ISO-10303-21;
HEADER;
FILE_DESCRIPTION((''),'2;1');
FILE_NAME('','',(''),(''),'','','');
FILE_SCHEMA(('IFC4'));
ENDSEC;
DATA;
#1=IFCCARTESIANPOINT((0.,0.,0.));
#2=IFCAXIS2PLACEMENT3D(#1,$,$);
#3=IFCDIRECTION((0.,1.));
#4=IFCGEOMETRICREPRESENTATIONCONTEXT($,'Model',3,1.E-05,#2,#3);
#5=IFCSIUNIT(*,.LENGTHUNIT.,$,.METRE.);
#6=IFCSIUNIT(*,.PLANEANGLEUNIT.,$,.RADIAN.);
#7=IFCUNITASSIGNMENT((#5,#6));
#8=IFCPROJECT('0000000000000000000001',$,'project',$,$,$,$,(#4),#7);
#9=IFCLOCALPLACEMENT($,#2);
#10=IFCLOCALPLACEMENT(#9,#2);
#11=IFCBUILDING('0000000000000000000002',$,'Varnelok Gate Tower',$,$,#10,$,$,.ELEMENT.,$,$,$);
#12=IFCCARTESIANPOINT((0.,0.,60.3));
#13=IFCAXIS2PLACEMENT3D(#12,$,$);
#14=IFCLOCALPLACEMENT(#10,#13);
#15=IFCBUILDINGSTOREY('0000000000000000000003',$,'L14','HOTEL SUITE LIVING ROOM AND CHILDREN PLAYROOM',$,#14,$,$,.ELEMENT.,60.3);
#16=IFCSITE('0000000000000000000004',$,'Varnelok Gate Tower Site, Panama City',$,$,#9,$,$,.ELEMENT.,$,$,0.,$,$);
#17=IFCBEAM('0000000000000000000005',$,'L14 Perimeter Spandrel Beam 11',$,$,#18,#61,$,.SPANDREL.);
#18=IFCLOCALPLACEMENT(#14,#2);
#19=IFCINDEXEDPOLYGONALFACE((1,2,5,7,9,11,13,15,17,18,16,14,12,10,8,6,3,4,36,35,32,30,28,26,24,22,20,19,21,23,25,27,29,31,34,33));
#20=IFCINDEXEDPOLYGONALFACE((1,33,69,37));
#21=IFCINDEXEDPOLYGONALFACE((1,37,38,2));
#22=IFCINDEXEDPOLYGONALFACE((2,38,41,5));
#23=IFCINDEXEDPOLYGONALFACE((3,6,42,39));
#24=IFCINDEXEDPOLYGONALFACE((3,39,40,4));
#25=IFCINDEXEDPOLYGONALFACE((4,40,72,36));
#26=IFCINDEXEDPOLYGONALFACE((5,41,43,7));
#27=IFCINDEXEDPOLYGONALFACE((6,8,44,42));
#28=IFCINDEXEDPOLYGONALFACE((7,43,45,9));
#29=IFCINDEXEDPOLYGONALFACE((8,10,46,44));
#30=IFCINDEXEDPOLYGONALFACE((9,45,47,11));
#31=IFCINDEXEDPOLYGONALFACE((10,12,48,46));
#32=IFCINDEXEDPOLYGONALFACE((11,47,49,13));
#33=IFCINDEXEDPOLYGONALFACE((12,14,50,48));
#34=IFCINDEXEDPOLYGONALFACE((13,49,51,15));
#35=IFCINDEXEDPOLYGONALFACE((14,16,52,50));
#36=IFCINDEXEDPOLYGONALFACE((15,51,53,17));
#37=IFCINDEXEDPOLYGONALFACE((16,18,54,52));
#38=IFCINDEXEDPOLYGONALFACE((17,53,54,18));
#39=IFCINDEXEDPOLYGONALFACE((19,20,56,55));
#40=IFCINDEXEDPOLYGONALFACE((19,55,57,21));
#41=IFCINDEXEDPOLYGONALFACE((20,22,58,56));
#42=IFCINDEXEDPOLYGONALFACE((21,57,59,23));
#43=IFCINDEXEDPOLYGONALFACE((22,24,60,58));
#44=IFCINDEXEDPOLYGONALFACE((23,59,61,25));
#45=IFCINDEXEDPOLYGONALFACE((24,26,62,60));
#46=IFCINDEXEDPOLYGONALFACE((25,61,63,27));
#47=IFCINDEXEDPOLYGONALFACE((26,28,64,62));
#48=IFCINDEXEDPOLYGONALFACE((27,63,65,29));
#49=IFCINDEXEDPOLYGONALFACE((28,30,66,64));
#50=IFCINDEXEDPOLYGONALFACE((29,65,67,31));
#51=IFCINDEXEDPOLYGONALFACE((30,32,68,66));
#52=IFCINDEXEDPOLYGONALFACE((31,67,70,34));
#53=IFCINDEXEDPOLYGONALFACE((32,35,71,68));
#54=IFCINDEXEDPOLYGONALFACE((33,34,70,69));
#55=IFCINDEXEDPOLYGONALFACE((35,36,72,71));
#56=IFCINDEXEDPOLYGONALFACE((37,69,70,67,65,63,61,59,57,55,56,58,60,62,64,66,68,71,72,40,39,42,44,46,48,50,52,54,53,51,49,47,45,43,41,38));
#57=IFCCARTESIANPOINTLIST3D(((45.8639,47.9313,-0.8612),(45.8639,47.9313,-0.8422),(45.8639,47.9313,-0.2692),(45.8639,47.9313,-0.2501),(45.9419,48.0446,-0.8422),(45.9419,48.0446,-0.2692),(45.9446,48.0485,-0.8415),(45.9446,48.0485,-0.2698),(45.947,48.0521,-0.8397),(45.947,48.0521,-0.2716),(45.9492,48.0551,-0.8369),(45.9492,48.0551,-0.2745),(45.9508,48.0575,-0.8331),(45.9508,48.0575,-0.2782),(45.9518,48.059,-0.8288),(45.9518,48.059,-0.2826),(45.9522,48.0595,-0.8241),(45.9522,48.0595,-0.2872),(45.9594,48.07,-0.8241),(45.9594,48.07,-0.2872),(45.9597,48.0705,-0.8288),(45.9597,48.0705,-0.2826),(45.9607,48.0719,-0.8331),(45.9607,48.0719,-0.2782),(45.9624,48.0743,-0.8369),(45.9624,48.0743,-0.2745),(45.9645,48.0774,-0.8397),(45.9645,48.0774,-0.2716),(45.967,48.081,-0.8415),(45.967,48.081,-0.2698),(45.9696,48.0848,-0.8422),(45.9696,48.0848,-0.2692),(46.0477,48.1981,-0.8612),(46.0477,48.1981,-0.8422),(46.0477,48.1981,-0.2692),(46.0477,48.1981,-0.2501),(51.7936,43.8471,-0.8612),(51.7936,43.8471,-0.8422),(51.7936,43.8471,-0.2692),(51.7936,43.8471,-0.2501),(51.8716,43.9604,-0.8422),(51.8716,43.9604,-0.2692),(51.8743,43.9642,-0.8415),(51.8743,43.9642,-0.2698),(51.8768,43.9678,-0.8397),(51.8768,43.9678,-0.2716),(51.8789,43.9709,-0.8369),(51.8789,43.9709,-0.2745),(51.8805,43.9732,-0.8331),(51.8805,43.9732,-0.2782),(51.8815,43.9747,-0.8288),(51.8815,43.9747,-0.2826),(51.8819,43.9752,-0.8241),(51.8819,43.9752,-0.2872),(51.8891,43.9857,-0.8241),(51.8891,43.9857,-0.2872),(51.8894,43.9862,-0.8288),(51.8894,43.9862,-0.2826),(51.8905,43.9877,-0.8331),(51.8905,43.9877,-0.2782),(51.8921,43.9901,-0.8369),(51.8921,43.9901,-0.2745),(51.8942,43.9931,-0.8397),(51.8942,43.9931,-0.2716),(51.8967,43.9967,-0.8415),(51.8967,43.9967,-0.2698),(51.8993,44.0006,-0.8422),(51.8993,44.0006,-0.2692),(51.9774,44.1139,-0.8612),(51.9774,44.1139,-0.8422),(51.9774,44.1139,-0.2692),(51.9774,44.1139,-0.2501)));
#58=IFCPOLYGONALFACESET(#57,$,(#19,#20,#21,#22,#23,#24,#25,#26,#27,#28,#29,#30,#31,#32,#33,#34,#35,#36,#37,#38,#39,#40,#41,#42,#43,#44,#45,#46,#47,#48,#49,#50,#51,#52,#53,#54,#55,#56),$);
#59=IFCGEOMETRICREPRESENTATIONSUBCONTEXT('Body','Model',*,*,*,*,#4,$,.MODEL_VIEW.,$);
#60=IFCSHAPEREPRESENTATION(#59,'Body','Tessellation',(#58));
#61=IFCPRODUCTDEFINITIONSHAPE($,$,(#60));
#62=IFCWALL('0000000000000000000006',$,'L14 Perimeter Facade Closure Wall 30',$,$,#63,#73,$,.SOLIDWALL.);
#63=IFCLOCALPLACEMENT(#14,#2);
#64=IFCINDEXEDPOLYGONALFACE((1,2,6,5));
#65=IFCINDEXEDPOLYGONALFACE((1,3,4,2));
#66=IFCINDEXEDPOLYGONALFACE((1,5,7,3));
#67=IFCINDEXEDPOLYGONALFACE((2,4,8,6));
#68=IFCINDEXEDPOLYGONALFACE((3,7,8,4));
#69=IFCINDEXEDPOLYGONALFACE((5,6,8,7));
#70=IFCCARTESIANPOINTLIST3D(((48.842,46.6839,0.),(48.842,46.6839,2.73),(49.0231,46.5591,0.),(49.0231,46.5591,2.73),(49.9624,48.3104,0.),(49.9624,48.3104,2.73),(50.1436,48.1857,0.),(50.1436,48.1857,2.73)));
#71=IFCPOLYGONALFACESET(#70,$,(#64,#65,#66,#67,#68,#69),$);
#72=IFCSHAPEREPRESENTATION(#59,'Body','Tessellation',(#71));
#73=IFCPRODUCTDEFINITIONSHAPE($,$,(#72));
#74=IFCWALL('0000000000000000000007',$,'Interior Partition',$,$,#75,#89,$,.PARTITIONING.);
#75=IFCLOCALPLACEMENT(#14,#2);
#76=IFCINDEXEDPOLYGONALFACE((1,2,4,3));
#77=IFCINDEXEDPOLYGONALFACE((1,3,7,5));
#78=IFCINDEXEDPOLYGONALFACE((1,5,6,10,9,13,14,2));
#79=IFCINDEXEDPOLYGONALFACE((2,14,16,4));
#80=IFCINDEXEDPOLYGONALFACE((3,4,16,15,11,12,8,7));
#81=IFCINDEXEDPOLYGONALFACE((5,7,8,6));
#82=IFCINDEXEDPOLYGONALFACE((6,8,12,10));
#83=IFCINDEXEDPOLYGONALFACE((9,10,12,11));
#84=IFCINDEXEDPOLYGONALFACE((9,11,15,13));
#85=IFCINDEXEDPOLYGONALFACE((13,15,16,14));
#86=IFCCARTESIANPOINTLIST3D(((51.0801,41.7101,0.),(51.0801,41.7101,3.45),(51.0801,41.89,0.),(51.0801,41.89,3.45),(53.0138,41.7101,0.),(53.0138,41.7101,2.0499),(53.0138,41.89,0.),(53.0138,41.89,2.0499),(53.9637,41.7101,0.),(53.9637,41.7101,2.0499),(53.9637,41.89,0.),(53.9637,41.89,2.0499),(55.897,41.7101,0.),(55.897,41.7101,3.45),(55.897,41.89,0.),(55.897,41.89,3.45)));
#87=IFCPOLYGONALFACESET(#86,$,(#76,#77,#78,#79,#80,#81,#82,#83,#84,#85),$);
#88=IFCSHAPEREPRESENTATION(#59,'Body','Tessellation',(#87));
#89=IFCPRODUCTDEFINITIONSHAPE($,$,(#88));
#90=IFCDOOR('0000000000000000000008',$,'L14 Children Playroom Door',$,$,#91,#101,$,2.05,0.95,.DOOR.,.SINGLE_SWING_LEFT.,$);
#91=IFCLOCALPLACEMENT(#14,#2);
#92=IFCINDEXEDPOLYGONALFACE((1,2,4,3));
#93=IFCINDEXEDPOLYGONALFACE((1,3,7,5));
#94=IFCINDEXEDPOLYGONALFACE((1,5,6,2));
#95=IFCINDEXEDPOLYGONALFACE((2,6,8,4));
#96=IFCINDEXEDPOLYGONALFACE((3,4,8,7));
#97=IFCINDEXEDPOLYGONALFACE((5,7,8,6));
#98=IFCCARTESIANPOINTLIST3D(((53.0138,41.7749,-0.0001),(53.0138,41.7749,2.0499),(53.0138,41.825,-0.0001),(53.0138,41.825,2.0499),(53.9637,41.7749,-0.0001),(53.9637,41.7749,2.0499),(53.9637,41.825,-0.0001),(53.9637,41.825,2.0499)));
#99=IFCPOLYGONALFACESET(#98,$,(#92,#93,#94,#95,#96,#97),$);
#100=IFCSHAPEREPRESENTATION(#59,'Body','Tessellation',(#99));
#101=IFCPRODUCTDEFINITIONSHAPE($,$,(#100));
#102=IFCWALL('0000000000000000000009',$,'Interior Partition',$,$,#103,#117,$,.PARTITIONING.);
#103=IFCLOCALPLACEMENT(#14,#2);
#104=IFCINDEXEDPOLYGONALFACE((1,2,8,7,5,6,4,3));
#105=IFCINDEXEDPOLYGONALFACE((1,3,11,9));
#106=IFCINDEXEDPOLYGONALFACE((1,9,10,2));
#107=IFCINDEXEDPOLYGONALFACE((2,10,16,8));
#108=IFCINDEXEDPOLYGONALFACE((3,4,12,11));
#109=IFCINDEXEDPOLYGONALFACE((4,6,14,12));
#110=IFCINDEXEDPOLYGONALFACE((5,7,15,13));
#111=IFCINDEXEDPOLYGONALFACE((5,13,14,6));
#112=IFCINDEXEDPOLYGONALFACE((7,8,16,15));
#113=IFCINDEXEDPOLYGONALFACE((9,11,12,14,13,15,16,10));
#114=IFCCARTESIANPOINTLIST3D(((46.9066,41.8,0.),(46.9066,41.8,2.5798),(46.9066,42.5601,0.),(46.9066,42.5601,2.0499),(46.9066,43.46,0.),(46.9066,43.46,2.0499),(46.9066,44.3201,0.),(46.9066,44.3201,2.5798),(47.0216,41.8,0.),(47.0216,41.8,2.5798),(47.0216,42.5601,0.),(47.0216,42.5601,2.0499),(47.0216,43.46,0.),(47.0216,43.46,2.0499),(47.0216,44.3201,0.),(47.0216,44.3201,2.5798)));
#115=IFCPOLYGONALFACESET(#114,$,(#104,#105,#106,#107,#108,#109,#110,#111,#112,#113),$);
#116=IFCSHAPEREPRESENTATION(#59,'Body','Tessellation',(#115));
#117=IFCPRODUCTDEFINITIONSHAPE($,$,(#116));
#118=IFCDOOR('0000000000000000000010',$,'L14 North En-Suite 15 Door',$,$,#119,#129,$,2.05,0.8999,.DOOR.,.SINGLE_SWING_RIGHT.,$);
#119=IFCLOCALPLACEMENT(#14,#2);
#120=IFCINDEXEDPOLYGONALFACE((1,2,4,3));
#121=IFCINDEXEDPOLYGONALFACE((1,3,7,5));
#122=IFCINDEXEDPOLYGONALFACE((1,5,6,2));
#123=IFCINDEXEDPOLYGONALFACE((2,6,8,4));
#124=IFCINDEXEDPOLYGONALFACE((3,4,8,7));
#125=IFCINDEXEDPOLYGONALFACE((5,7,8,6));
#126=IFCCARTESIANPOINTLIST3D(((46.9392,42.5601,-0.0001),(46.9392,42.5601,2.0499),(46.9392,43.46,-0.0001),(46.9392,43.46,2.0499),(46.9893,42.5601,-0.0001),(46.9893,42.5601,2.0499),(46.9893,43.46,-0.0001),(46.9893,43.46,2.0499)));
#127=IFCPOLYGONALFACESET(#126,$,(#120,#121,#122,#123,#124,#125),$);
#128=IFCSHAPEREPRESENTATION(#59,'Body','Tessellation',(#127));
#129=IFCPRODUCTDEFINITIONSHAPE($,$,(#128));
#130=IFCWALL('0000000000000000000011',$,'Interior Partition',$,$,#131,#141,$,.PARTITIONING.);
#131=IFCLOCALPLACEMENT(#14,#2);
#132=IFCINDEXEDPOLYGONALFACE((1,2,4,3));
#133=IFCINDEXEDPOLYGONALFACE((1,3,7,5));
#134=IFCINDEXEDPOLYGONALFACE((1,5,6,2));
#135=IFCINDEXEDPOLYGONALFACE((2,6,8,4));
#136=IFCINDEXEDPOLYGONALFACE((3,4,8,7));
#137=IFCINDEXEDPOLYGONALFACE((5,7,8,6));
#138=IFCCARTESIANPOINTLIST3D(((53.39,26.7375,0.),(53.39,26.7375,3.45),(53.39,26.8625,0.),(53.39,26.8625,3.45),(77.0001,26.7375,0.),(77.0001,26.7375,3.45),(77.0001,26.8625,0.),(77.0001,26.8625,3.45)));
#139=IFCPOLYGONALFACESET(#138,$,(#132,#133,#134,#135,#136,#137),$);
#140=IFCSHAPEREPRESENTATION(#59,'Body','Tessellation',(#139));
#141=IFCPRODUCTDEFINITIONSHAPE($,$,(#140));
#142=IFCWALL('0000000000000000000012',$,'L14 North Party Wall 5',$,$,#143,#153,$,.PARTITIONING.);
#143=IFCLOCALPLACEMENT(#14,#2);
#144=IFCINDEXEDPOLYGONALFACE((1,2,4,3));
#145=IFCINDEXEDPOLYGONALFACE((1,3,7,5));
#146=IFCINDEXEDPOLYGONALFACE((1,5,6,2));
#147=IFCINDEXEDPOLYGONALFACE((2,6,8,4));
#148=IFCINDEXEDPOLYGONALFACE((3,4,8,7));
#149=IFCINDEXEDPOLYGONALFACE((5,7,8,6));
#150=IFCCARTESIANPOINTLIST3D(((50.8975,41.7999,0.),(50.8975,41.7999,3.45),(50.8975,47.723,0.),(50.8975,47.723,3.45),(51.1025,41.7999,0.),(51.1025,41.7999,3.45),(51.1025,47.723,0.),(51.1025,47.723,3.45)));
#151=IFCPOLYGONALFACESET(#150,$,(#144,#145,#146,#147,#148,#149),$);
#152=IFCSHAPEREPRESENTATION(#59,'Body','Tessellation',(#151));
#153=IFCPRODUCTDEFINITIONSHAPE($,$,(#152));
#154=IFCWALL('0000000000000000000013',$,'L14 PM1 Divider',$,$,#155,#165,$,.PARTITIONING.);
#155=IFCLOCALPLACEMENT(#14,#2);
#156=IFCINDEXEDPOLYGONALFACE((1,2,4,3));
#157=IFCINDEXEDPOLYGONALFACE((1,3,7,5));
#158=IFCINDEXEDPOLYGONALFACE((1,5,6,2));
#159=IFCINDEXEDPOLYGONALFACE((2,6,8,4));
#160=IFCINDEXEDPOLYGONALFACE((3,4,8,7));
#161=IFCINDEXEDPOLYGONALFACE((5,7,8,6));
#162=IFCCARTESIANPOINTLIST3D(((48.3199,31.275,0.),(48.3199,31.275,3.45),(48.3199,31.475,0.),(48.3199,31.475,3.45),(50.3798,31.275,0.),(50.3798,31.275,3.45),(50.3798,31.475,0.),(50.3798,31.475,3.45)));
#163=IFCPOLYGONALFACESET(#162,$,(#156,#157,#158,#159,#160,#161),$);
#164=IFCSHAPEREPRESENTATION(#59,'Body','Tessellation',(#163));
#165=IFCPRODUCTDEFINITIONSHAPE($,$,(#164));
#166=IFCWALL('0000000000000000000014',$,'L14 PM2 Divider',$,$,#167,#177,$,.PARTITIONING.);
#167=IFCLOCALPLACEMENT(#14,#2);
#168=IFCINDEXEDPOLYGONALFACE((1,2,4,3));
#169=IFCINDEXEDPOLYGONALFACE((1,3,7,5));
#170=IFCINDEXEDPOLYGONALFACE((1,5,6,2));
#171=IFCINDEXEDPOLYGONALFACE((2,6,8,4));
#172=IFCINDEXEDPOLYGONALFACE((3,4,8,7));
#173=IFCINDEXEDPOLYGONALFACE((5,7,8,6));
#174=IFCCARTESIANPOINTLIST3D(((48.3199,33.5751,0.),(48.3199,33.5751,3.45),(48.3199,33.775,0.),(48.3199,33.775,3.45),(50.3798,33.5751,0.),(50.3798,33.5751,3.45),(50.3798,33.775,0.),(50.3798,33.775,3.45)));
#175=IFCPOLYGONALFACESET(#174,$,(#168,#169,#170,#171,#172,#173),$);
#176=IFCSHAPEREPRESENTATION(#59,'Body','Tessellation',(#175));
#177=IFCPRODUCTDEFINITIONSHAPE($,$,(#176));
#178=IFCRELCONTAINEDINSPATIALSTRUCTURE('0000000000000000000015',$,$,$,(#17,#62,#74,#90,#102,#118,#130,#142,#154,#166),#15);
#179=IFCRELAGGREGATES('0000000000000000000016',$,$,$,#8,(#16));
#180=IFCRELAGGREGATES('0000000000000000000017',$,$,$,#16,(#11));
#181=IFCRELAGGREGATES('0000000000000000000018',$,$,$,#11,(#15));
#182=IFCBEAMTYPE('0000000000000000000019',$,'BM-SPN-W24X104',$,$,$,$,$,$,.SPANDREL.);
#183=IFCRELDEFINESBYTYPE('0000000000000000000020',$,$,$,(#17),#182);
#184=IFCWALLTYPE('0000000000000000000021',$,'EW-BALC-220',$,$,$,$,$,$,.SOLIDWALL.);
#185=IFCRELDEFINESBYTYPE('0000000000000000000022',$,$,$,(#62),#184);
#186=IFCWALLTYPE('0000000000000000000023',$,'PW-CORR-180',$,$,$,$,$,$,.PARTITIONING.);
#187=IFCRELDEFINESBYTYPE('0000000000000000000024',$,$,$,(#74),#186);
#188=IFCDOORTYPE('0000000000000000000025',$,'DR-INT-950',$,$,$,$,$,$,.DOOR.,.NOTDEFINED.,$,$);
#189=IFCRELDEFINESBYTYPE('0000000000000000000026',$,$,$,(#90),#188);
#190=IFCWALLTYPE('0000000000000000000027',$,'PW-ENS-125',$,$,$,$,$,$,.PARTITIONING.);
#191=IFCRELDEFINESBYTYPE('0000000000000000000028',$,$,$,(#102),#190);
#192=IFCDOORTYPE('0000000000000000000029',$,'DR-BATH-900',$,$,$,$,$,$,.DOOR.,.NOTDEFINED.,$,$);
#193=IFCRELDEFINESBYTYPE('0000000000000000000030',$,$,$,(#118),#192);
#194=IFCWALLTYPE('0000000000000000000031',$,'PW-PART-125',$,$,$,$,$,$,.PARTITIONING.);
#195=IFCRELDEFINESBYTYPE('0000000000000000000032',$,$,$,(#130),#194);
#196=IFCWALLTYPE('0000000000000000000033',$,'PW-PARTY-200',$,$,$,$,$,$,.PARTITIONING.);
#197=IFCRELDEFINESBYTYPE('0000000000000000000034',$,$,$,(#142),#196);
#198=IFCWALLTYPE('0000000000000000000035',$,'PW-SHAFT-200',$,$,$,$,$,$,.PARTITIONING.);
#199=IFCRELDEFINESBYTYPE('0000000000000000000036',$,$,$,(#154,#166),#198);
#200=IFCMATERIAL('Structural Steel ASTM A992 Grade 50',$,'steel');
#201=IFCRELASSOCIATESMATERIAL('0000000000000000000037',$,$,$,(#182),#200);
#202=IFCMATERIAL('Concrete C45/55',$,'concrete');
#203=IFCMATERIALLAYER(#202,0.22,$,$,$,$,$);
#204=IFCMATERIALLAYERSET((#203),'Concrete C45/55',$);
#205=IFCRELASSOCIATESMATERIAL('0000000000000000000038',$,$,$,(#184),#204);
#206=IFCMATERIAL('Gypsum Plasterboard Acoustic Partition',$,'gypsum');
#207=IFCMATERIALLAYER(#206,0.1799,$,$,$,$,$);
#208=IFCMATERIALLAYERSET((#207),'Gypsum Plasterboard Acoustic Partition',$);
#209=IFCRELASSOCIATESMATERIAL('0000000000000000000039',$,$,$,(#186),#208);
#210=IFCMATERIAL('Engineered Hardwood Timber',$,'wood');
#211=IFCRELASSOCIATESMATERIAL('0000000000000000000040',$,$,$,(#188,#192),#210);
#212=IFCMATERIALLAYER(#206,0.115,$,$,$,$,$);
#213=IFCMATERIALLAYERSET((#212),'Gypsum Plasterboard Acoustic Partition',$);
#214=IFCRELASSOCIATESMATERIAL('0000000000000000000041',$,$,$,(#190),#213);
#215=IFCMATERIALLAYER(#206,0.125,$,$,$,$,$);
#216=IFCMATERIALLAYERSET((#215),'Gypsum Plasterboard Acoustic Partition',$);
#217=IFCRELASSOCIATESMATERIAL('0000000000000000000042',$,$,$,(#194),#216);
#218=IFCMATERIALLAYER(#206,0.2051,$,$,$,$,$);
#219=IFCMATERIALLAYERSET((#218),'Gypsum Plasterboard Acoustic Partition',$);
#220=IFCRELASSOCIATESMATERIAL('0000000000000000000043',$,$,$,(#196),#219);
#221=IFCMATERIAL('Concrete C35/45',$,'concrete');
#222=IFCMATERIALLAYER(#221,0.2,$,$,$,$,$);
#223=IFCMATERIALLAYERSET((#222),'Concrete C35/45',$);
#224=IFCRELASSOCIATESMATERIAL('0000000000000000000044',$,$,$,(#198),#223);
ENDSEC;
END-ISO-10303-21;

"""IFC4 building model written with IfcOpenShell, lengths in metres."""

from ifc_helpers import new_model, si_unit, direction, frame, frame_2d, origin, origin_2d, place, context, subcontext, project, spatial, rectangle, i_section, extrude, material, layer, layer_set, material_profile, profile_set, type_object, element, fill, save


model = new_model("IFC4")

# Units and contexts
model_context = context("Model", 3, precision=1e-05, world=origin(), true_north=direction((0.0, 1.0)))
body_context = subcontext(model_context, "Body", "Model", "MODEL_VIEW")
ifc_project = project(units=[si_unit("LENGTHUNIT", "METRE"), si_unit("PLANEANGLEUNIT", "RADIAN")], contexts=[model_context])

# Site, building, storey
site_placement = place(None, origin())
site = spatial("IfcSite", under=ifc_project, at=site_placement, Name="Varnelok Gate Tower Site, Panama City", CompositionType="ELEMENT", RefElevation=0.0)
building_placement = place(site_placement, origin())
building = spatial("IfcBuilding", under=site, at=building_placement, Name="Varnelok Gate Tower", CompositionType="ELEMENT")
storey_placement = place(building_placement, frame((0.0, 0.0, 60.3)))
storey = spatial("IfcBuildingStorey", under=building, at=storey_placement, Name="L14", Description="HOTEL SUITE LIVING ROOM AND CHILDREN PLAYROOM", CompositionType="ELEMENT", Elevation=60.3)

# Shared definitions
ifc_material_1 = material(Name="Structural Steel ASTM A992 Grade 50", Category="steel")

# Beam
ifc_material_profile_1 = material_profile(ifc_material_1, i_section(OverallWidth=0.324, OverallDepth=0.6111, WebThickness=0.0127, FlangeThickness=0.019, FilletRadius=0.0181, at=origin_2d()), Name="W24X104")
ifc_profile_set_1 = profile_set([ifc_material_profile_1], Name="Structural Steel ASTM A992 Grade 50")
beam_type_1 = type_object("IfcBeamType", Name="BM-SPN-W24X104", PredefinedType="SPANDREL", material=ifc_profile_set_1)
beam_1_placement = place(storey_placement, frame((51.8855, 43.9805, -0.5557), z_axis=(-0.823551, 0.567242, 0.0), x_axis=(-0.567242, -0.823551, 0.0)))
element("IfcBeam", 1, at=beam_1_placement, inside=storey, type_object=beam_type_1, Name="L14 Perimeter Spandrel Beam 11", PredefinedType="SPANDREL", context=body_context, shape_type="SweptSolid", body=[
    extrude(i_section(OverallWidth=0.324, OverallDepth=0.6111, WebThickness=0.0127, FlangeThickness=0.019, FilletRadius=0.0181, at=origin_2d()), origin(), (0.0, 0.0, 1.0), 7.2002),
])

# Wall
ifc_material_2 = material(Name="Concrete C45/55", Category="concrete")
ifc_layer_1 = layer(ifc_material_2, 0.22)
ifc_layer_set_1 = layer_set([ifc_layer_1], Name="Concrete C45/55")
wall_type_1 = type_object("IfcWallType", Name="EW-BALC-220", PredefinedType="SOLIDWALL", material=ifc_layer_set_1)
wall_1_placement = place(storey_placement, frame((50.053, 48.248, 0.0), z_axis=(0.0, 0.0, 1.0), x_axis=(-0.567274, -0.823529, 0.0)))
element("IfcWall", 2, at=wall_1_placement, inside=storey, type_object=wall_type_1, Name="L14 Perimeter Facade Closure Wall 30", PredefinedType="SOLIDWALL", context=body_context, shape_type="SweptSolid", body=[
    extrude(rectangle(XDim=1.9751, YDim=0.22, at=frame_2d((0.9875, 0.0))), origin(), (0.0, 0.0, 1.0), 2.73),
])

# Walls, openings, doors
ifc_material_3 = material(Name="Gypsum Plasterboard Acoustic Partition", Category="gypsum")
ifc_layer_2 = layer(ifc_material_3, 0.1799)
ifc_layer_set_2 = layer_set([ifc_layer_2], Name="Gypsum Plasterboard Acoustic Partition")
wall_type_2 = type_object("IfcWallType", Name="PW-CORR-180", PredefinedType="PARTITIONING", material=ifc_layer_set_2)
wall_2_placement = place(storey_placement, frame((51.0801, 41.8, 0.0), z_axis=(0.0, 0.0, 1.0), x_axis=(1.0, 0.0, 0.0)))
wall_2 = element("IfcWall", 3, at=wall_2_placement, inside=storey, type_object=wall_type_2, Name="Interior Partition", PredefinedType="PARTITIONING", context=body_context, shape_type="SweptSolid", body=[
    extrude(rectangle(XDim=4.8169, YDim=0.1799, at=frame_2d((2.4084, 0.0))), origin(), (0.0, 0.0, 1.0), 3.45),
])
opening_1_placement = place(wall_2_placement, frame((1.9336, 0.0, 0.0)))
opening_1 = element("IfcOpeningElement", 4, at=opening_1_placement, cuts=wall_2, PredefinedType="OPENING", context=body_context, shape_type="SweptSolid", body=[
    extrude(rectangle(XDim=0.95, YDim=2.05, at=frame_2d((0.4751, 1.0249))), frame((0.0, 0.0999, 0.0), z_axis=(0.0, -1.0, 0.0), x_axis=(1.0, 0.0, 0.0)), (0.0, 0.0, 1.0), 0.2),
])
ifc_material_4 = material(Name="Engineered Hardwood Timber", Category="wood")
door_type_1 = type_object("IfcDoorType", Name="DR-INT-950", OperationType="NOTDEFINED", PredefinedType="DOOR", material=ifc_material_4)
door_1_placement = place(opening_1_placement, origin())
door_1 = element("IfcDoor", 5, at=door_1_placement, inside=storey, type_object=door_type_1, Name="L14 Children Playroom Door", OperationType="SINGLE_SWING_LEFT", OverallHeight=2.05, OverallWidth=0.95, PredefinedType="DOOR", context=body_context, shape_type="SweptSolid", body=[
    extrude(rectangle(XDim=0.95, YDim=2.05, at=frame_2d((0.4751, 1.0249))), frame((0.0, 0.0249, 0.0), z_axis=(0.0, -1.0, 0.0), x_axis=(1.0, 0.0, 0.0)), (0.0, 0.0, 1.0), 0.05),
])
fill(opening_1, door_1)
ifc_layer_3 = layer(ifc_material_3, 0.115)
ifc_layer_set_3 = layer_set([ifc_layer_3], Name="Gypsum Plasterboard Acoustic Partition")
wall_type_3 = type_object("IfcWallType", Name="PW-ENS-125", PredefinedType="PARTITIONING", material=ifc_layer_set_3)
wall_3_placement = place(storey_placement, frame((46.9641, 41.8, 0.0), z_axis=(0.0, 0.0, 1.0), x_axis=(0.0, 1.0, 0.0)))
wall_3 = element("IfcWall", 6, at=wall_3_placement, inside=storey, type_object=wall_type_3, Name="Interior Partition", PredefinedType="PARTITIONING", context=body_context, shape_type="SweptSolid", body=[
    extrude(rectangle(XDim=2.52, YDim=0.115, at=frame_2d((1.26, 0.0))), origin(), (0.0, 0.0, 1.0), 2.5798),
])
opening_2_placement = place(wall_3_placement, frame((0.76, 0.0, 0.0)))
opening_2 = element("IfcOpeningElement", 7, at=opening_2_placement, cuts=wall_3, PredefinedType="OPENING", context=body_context, shape_type="SweptSolid", body=[
    extrude(rectangle(XDim=0.8999, YDim=2.05, at=frame_2d((0.45, 1.0249))), frame((0.0, 0.0674, 0.0), z_axis=(0.0, -1.0, 0.0), x_axis=(1.0, 0.0, 0.0)), (0.0, 0.0, 1.0), 0.135),
])
door_type_2 = type_object("IfcDoorType", Name="DR-BATH-900", OperationType="NOTDEFINED", PredefinedType="DOOR", material=ifc_material_4)
door_2_placement = place(opening_2_placement, origin())
door_2 = element("IfcDoor", 8, at=door_2_placement, inside=storey, type_object=door_type_2, Name="L14 North En-Suite 15 Door", OperationType="SINGLE_SWING_RIGHT", OverallHeight=2.05, OverallWidth=0.8999, PredefinedType="DOOR", context=body_context, shape_type="SweptSolid", body=[
    extrude(rectangle(XDim=0.8999, YDim=2.05, at=frame_2d((0.45, 1.0249))), frame((0.0, 0.0249, 0.0), z_axis=(0.0, -1.0, 0.0), x_axis=(1.0, 0.0, 0.0)), (0.0, 0.0, 1.0), 0.05),
])
fill(opening_2, door_2)

# Walls
ifc_layer_4 = layer(ifc_material_3, 0.125)
ifc_layer_set_4 = layer_set([ifc_layer_4], Name="Gypsum Plasterboard Acoustic Partition")
wall_type_4 = type_object("IfcWallType", Name="PW-PART-125", PredefinedType="PARTITIONING", material=ifc_layer_set_4)
wall_4_placement = place(storey_placement, frame((53.3899, 26.8, 0.0), z_axis=(0.0, 0.0, 1.0), x_axis=(1.0, 0.0, 0.0)))
element("IfcWall", 9, at=wall_4_placement, inside=storey, type_object=wall_type_4, Name="Interior Partition", PredefinedType="PARTITIONING", context=body_context, shape_type="SweptSolid", body=[
    extrude(rectangle(XDim=23.6101, YDim=0.125, at=frame_2d((11.8052, 0.0))), origin(), (0.0, 0.0, 1.0), 3.45),
])
ifc_layer_5 = layer(ifc_material_3, 0.2051)
ifc_layer_set_5 = layer_set([ifc_layer_5], Name="Gypsum Plasterboard Acoustic Partition")
wall_type_5 = type_object("IfcWallType", Name="PW-PARTY-200", PredefinedType="PARTITIONING", material=ifc_layer_set_5)
wall_5_placement = place(storey_placement, frame((51.0, 41.8, 0.0), z_axis=(0.0, 0.0, 1.0), x_axis=(0.0, 1.0, 0.0)))
element("IfcWall", 10, at=wall_5_placement, inside=storey, type_object=wall_type_5, Name="L14 North Party Wall 5", PredefinedType="PARTITIONING", context=body_context, shape_type="SweptSolid", body=[
    extrude(rectangle(XDim=5.9231, YDim=0.2051, at=frame_2d((2.9614, 0.0))), origin(), (0.0, 0.0, 1.0), 3.45),
])
ifc_material_5 = material(Name="Concrete C35/45", Category="concrete")
ifc_layer_6 = layer(ifc_material_5, 0.2)
ifc_layer_set_6 = layer_set([ifc_layer_6], Name="Concrete C35/45")
wall_type_6 = type_object("IfcWallType", Name="PW-SHAFT-200", PredefinedType="PARTITIONING", material=ifc_layer_set_6)
for number, where, z_axis, x_axis, name in (
    (11, (48.3201, 31.375, 0.0), (0.0, 0.0, 1.0), (1.0, 0.0, 0.0), "L14 PM1 Divider"),
    (12, (48.3201, 33.675, 0.0), (0.0, 0.0, 1.0), (1.0, 0.0, 0.0), "L14 PM2 Divider"),
):
    element("IfcWall", number, at=place(storey_placement, frame(where, z_axis=z_axis, x_axis=x_axis)), inside=storey, type_object=wall_type_6, Name=name, PredefinedType="PARTITIONING", context=body_context, shape_type="SweptSolid", body=[
        extrude(rectangle(XDim=2.0598, YDim=0.2, at=frame_2d((1.0298, 0.0))), origin(), (0.0, 0.0, 1.0), 3.45),
    ])

save(model, "model.ifc")
